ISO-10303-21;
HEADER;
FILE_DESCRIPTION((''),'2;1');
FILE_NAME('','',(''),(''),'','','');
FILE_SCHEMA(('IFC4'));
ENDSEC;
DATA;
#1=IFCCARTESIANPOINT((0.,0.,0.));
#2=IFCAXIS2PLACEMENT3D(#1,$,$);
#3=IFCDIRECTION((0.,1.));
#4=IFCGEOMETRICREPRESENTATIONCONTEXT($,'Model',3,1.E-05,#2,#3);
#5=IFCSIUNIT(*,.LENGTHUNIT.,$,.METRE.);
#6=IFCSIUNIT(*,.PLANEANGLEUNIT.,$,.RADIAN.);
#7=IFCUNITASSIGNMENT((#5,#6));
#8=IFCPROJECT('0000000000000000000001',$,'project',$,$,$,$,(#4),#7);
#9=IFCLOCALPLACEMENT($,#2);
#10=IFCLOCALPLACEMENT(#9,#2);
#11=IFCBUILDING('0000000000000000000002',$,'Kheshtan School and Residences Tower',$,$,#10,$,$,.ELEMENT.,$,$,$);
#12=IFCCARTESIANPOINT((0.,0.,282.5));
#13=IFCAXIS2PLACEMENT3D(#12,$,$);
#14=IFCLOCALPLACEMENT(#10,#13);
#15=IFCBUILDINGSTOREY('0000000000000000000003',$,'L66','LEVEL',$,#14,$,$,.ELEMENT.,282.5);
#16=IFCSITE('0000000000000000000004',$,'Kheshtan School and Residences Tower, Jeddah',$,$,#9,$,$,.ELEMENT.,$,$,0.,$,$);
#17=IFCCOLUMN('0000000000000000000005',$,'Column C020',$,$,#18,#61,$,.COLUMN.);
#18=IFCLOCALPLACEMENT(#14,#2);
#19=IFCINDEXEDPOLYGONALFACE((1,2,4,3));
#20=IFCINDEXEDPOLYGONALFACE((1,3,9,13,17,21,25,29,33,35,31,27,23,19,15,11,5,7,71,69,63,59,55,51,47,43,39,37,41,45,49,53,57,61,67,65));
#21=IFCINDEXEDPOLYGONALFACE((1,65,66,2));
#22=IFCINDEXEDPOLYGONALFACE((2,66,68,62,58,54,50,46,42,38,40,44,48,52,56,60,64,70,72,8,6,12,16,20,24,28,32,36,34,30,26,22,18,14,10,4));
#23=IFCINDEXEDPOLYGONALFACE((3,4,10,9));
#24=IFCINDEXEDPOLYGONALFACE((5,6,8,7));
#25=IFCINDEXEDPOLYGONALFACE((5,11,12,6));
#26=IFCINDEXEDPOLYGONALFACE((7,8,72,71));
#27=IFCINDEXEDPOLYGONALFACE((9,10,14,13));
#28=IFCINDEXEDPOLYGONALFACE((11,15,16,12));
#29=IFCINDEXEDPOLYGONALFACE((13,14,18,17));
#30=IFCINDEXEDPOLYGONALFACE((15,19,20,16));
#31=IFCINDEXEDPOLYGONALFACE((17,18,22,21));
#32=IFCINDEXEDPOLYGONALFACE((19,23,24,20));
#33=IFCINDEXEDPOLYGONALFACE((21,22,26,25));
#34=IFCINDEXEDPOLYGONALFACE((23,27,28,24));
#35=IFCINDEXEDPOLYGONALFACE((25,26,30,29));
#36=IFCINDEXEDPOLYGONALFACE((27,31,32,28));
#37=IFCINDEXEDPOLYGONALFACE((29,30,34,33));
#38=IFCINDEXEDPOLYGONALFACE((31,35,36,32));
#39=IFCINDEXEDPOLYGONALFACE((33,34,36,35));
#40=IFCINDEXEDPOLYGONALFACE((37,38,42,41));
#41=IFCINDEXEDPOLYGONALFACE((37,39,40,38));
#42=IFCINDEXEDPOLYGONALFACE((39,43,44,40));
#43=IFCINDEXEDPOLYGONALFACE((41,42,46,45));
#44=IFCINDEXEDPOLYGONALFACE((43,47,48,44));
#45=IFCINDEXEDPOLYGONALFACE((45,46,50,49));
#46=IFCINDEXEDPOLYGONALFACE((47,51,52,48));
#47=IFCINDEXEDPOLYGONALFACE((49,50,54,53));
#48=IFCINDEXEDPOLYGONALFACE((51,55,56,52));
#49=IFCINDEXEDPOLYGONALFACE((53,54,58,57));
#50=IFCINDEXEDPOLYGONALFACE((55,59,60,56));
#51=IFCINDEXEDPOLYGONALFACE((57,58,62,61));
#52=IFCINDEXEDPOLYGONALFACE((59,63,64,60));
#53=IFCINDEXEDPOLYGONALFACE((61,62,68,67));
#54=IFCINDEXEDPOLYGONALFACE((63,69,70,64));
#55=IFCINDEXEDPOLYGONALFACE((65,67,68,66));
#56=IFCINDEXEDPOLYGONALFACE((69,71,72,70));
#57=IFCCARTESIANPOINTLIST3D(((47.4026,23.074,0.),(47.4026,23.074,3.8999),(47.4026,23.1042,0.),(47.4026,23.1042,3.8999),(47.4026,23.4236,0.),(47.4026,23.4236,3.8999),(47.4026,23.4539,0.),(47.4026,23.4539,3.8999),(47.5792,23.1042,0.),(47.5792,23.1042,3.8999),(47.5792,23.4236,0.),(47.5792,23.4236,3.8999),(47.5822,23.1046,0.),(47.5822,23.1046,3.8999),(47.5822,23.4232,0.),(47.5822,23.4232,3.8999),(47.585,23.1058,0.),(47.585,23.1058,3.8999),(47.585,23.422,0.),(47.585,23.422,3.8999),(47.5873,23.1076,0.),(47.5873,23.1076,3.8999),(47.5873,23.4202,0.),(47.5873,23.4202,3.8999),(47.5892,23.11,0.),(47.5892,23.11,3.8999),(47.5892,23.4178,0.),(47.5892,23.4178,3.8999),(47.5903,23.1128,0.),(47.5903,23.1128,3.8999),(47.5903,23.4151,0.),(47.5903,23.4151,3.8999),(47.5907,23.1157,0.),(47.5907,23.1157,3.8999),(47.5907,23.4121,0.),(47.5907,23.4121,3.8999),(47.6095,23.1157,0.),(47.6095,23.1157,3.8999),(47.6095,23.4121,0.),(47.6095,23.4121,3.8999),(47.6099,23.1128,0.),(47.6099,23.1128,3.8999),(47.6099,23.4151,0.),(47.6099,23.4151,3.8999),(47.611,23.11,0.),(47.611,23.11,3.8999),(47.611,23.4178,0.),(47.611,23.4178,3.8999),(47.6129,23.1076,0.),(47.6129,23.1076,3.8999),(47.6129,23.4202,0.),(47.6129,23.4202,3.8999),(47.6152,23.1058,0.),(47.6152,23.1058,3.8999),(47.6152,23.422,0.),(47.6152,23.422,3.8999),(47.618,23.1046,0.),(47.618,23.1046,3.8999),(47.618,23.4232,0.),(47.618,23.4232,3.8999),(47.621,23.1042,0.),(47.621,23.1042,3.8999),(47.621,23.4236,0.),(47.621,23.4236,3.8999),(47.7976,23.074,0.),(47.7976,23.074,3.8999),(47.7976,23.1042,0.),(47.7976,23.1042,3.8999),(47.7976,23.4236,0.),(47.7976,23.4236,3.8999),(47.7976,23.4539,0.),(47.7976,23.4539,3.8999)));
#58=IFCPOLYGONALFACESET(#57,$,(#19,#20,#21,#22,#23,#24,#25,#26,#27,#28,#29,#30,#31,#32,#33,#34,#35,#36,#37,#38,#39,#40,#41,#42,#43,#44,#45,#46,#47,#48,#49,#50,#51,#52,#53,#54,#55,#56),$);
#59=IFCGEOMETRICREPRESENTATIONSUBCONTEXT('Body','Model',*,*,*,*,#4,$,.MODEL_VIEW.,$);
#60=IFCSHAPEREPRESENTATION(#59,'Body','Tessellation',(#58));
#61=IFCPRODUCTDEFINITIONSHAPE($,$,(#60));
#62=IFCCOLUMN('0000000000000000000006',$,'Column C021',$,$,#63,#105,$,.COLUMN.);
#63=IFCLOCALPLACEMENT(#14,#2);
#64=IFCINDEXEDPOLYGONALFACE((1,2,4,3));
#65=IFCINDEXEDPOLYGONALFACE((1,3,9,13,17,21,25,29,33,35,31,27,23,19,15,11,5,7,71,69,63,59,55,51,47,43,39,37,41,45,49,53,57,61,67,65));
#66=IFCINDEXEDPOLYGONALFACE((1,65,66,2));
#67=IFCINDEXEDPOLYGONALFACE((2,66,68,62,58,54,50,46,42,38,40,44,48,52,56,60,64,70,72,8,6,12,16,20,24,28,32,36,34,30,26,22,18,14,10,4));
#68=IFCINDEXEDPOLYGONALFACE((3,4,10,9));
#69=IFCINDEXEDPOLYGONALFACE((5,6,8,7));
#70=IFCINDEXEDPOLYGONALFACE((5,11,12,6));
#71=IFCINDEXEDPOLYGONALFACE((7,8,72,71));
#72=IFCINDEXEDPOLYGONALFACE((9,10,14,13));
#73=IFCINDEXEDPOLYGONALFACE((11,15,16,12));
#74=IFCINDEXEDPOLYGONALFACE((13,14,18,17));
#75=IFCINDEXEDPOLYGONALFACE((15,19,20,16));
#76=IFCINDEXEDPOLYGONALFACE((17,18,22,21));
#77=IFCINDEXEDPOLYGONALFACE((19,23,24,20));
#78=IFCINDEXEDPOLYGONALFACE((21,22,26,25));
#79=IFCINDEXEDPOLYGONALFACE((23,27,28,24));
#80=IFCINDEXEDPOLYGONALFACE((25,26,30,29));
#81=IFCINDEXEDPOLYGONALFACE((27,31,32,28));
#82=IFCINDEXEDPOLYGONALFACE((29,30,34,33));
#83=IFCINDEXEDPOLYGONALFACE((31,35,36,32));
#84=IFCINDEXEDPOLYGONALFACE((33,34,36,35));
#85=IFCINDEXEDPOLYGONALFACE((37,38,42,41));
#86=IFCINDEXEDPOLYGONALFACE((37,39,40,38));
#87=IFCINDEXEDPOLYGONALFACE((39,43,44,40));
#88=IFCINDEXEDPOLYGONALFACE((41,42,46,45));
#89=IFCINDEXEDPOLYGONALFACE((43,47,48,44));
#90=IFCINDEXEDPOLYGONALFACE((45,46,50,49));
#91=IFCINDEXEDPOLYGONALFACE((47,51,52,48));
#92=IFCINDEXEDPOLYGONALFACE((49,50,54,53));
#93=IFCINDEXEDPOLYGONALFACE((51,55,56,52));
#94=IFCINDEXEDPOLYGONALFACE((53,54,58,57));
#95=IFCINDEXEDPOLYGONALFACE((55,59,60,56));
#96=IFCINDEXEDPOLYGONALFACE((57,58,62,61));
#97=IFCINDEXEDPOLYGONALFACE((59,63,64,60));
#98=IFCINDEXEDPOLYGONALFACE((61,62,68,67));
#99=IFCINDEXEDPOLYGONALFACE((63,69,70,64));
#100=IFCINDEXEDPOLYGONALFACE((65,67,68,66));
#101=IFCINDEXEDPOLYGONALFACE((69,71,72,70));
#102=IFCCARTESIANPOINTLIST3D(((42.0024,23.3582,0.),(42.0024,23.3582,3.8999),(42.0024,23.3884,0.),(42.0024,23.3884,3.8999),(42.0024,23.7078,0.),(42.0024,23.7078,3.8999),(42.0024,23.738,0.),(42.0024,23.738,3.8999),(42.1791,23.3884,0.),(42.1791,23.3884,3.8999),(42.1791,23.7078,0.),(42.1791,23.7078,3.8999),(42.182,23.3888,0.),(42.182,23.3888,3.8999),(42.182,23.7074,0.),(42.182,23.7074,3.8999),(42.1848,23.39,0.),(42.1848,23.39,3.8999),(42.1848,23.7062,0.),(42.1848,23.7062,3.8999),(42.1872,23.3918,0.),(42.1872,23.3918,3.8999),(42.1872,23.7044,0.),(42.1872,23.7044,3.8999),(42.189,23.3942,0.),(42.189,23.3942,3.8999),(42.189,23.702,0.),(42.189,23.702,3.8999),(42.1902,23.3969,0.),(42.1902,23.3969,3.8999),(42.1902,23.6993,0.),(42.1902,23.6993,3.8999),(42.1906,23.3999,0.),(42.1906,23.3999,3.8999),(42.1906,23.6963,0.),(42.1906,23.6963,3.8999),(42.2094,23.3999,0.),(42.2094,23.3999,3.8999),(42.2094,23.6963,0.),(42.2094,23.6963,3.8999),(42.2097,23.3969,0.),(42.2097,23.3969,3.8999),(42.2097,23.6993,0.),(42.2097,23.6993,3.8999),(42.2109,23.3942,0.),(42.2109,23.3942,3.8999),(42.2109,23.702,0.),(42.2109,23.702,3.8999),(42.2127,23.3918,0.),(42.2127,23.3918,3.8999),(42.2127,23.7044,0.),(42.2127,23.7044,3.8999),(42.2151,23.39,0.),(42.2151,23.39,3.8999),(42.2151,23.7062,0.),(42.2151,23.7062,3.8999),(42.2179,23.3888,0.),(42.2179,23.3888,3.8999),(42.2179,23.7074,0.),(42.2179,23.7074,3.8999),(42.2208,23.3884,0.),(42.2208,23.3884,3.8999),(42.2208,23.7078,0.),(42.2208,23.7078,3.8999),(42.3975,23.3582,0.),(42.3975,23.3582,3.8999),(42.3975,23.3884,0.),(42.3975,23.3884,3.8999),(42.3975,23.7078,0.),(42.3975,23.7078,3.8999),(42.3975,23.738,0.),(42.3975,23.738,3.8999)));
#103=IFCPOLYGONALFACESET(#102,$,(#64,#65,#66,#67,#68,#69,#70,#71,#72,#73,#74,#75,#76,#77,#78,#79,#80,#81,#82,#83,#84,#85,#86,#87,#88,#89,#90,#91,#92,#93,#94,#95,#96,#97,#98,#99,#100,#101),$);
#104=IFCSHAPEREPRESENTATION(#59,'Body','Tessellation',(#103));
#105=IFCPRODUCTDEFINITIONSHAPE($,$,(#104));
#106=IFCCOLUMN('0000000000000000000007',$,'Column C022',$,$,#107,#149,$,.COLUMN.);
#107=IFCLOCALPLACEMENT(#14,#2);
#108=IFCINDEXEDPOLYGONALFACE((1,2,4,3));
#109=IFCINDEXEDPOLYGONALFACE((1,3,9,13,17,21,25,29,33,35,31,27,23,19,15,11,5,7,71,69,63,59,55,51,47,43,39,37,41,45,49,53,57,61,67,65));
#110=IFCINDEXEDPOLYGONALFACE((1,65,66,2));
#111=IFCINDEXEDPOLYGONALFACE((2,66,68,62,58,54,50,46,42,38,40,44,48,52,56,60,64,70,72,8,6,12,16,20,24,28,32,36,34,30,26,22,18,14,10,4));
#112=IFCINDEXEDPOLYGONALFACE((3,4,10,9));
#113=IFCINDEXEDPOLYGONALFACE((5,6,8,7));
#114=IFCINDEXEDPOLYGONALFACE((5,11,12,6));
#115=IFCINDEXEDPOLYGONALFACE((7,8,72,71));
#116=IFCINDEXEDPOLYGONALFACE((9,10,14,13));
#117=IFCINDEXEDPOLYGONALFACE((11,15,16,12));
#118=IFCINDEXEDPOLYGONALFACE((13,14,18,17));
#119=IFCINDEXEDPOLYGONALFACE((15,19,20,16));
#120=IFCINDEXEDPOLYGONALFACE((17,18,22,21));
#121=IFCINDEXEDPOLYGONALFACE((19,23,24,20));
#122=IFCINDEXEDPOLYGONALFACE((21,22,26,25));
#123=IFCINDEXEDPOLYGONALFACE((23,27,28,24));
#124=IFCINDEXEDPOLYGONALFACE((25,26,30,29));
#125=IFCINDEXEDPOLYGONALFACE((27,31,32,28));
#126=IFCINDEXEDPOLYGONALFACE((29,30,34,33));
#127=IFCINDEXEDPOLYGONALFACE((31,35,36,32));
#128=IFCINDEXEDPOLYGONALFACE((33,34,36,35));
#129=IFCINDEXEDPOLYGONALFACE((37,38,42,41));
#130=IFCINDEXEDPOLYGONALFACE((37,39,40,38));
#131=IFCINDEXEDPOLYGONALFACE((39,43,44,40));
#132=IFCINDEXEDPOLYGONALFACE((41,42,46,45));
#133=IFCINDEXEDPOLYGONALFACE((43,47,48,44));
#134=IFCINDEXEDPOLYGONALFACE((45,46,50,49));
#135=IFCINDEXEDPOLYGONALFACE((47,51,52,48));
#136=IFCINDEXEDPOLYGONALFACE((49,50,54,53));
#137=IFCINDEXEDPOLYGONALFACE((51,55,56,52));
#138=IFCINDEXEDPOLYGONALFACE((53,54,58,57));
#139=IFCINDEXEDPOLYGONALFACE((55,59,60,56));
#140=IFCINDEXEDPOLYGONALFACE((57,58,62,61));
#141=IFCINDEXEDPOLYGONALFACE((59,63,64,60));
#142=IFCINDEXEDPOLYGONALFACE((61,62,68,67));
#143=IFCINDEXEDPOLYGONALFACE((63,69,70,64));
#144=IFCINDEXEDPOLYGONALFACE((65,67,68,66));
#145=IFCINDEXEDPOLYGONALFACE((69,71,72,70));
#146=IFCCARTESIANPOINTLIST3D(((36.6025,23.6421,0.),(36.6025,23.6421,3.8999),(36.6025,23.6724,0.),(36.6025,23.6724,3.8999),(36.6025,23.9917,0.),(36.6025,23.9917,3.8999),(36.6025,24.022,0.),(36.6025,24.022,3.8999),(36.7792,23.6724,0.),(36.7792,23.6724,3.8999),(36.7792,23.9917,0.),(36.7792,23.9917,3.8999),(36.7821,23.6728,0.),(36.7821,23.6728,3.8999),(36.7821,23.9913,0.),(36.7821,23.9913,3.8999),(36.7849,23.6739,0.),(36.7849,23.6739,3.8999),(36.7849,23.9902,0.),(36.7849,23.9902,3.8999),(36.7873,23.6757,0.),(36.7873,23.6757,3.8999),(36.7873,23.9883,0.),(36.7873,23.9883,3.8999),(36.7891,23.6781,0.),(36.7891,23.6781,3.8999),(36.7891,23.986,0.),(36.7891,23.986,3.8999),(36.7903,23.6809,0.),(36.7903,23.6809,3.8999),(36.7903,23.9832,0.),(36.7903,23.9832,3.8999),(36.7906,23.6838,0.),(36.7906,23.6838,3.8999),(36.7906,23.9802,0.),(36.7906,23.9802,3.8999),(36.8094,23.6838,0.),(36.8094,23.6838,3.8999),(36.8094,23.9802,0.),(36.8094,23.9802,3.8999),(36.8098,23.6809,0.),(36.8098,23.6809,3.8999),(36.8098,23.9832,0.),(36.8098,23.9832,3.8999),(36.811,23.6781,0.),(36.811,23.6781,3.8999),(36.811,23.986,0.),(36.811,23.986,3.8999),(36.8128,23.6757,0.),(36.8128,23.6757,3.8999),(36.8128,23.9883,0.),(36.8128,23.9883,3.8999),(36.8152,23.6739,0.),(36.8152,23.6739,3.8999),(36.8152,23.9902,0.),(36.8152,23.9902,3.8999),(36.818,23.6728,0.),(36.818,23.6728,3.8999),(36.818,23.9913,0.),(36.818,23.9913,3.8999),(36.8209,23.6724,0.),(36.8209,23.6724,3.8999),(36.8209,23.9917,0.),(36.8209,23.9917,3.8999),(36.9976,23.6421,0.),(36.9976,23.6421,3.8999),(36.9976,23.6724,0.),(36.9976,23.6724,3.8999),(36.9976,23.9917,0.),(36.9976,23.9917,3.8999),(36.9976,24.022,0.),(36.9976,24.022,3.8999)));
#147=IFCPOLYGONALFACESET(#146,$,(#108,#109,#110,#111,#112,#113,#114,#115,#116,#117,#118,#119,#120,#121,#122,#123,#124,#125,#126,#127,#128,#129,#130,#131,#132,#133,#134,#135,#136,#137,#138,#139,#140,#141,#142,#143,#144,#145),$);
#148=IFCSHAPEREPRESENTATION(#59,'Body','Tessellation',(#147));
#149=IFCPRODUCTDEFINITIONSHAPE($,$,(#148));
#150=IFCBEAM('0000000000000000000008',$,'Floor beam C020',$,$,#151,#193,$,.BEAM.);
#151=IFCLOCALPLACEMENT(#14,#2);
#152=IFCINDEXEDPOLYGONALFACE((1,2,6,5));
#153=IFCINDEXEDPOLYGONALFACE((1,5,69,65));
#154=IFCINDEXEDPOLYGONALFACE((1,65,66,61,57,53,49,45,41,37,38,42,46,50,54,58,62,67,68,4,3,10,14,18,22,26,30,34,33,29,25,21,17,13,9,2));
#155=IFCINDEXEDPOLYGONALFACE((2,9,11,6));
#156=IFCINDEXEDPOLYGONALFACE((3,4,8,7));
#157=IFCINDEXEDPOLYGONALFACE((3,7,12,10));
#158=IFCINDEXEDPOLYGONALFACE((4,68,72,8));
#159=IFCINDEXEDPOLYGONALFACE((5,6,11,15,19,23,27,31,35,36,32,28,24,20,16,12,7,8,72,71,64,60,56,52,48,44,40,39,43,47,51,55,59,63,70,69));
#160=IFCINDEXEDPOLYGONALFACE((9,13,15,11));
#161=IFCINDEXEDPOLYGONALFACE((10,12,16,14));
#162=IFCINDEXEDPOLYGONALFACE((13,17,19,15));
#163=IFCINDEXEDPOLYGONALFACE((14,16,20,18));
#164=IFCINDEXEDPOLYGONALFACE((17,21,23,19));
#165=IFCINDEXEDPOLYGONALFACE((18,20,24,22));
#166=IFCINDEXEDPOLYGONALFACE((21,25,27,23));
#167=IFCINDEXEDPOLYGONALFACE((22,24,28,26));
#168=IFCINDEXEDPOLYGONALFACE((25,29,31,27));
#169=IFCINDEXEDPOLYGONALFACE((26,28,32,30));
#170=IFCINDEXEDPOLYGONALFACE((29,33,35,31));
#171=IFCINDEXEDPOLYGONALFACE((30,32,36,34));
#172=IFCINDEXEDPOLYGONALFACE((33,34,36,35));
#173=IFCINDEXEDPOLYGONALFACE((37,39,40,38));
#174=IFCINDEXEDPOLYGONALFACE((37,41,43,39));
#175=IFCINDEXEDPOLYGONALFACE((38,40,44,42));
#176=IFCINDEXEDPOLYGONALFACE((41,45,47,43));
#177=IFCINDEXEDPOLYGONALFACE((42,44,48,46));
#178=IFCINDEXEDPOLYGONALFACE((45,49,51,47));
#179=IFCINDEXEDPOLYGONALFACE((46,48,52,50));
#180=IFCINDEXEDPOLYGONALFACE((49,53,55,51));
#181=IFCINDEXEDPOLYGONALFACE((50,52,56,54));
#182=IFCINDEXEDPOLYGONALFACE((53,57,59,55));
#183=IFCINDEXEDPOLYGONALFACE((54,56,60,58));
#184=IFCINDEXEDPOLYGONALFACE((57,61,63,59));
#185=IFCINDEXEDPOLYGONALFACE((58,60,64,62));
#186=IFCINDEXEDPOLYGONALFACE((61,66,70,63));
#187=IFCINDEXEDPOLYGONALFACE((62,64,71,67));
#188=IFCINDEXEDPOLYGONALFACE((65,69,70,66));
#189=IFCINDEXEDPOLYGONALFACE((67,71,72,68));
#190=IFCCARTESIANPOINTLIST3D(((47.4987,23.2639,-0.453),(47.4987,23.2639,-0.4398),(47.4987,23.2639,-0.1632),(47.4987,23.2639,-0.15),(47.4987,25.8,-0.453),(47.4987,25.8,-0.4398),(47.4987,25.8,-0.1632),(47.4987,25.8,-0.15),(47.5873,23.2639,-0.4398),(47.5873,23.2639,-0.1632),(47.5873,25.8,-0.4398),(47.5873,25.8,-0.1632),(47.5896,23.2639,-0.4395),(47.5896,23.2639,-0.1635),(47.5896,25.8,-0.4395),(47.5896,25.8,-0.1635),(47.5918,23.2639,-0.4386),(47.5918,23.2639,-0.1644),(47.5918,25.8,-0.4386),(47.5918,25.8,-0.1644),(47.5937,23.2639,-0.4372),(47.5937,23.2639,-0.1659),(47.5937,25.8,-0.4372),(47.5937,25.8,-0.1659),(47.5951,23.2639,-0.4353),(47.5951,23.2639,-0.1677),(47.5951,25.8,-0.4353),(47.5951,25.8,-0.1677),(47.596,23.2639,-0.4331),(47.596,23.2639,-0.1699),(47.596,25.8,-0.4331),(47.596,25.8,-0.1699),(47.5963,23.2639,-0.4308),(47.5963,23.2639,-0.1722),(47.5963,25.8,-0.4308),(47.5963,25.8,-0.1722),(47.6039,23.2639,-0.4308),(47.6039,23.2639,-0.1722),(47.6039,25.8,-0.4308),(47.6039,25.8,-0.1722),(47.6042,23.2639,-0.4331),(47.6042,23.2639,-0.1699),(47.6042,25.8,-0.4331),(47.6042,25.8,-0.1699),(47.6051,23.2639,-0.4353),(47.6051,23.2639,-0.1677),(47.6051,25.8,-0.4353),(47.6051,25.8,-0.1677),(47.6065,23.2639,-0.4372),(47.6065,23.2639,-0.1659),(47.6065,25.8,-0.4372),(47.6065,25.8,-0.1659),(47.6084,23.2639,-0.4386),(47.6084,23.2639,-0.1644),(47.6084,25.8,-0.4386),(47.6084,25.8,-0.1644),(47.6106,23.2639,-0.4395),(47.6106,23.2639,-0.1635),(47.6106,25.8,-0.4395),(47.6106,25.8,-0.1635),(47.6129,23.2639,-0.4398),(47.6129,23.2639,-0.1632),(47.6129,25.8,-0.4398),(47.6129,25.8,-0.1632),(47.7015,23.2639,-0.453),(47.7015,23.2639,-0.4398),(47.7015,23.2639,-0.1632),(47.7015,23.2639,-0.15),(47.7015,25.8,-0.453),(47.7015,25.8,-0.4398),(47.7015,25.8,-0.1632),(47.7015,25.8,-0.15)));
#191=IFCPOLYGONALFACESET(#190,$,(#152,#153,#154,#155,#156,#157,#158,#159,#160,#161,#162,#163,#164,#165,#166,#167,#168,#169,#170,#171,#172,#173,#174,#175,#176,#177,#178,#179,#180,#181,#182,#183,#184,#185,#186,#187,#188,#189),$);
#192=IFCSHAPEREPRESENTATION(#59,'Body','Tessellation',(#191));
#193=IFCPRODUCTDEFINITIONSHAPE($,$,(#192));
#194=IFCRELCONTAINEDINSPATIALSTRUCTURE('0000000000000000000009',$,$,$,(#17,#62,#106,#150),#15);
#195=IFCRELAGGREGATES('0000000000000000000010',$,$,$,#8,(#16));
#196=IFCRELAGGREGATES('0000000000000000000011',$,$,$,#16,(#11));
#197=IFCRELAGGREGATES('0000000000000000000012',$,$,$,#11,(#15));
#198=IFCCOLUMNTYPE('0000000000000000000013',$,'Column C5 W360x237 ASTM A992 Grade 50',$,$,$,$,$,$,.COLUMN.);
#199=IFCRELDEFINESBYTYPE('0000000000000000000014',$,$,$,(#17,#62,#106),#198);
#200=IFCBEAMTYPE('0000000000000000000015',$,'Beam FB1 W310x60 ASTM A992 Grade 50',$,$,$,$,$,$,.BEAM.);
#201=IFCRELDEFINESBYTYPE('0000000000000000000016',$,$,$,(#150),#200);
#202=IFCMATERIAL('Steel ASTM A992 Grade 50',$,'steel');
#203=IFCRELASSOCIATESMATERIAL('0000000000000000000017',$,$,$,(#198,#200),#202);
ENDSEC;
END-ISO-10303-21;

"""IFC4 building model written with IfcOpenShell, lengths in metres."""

from ifc_helpers import new_model, si_unit, direction, frame, origin, origin_2d, place, context, subcontext, project, spatial, i_section, extrude, material, material_profile, profile_set, type_object, element, save


model = new_model("IFC4")

# Units and contexts
model_context = context("Model", 3, precision=1e-05, world=origin(), true_north=direction((0.0, 1.0)))
body_context = subcontext(model_context, "Body", "Model", "MODEL_VIEW")
ifc_project = project(units=[si_unit("LENGTHUNIT", "METRE"), si_unit("PLANEANGLEUNIT", "RADIAN")], contexts=[model_context])

# Site, building, storey
site_placement = place(None, origin())
site = spatial("IfcSite", under=ifc_project, at=site_placement, Name="Kheshtan School and Residences Tower, Jeddah", CompositionType="ELEMENT", RefElevation=0.0)
building_placement = place(site_placement, origin())
building = spatial("IfcBuilding", under=site, at=building_placement, Name="Kheshtan School and Residences Tower", CompositionType="ELEMENT")
storey_placement = place(building_placement, frame((0.0, 0.0, 282.5)))
storey = spatial("IfcBuildingStorey", under=building, at=storey_placement, Name="L66", Description="LEVEL", CompositionType="ELEMENT", Elevation=282.5)

# Columns
ifc_material_1 = material(Name="Steel ASTM A992 Grade 50", Category="steel")
ifc_material_profile_1 = material_profile(ifc_material_1, i_section(OverallWidth=0.395, OverallDepth=0.3799, WebThickness=0.0188, FlangeThickness=0.0303, FilletRadius=0.0115, at=origin_2d()), Name="W360x237")
ifc_profile_set_1 = profile_set([ifc_material_profile_1], Name="Steel ASTM A992 Grade 50")
column_type = type_object("IfcColumnType", Name="Column C5 W360x237 ASTM A992 Grade 50", PredefinedType="COLUMN", material=ifc_profile_set_1)
for number, where, z_axis, x_axis, name in (
    (1, (47.6001, 23.2639, 0.0), (0.0, 0.0, 1.0), (1.0, 0.0, 0.0), "Column C020"),
    (2, (42.2, 23.5481, 0.0), (0.0, 0.0, 1.0), (1.0, 0.0, 0.0), "Column C021"),
    (3, (36.8, 23.832, 0.0), (0.0, 0.0, 1.0), (1.0, 0.0, 0.0), "Column C022"),
):
    element("IfcColumn", number, at=place(storey_placement, frame(where, z_axis=z_axis, x_axis=x_axis)), inside=storey, type_object=column_type, Name=name, PredefinedType="COLUMN", context=body_context, shape_type="SweptSolid", body=[
        extrude(i_section(OverallWidth=0.395, OverallDepth=0.3799, WebThickness=0.0188, FlangeThickness=0.0303, FilletRadius=0.0115, at=origin_2d()), origin(), (0.0, 0.0, 1.0), 3.8999),
    ])

# Beam
ifc_material_profile_2 = material_profile(ifc_material_1, i_section(OverallWidth=0.2029, OverallDepth=0.303, WebThickness=0.0076, FlangeThickness=0.0132, FilletRadius=0.009, at=origin_2d()), Name="W310x60")
ifc_profile_set_2 = profile_set([ifc_material_profile_2], Name="Steel ASTM A992 Grade 50")
beam_type_1 = type_object("IfcBeamType", Name="Beam FB1 W310x60 ASTM A992 Grade 50", PredefinedType="BEAM", material=ifc_profile_set_2)
beam_1_placement = place(storey_placement, frame((47.6001, 23.2639, -0.3015), z_axis=(0.0, 1.0, 0.0), x_axis=(-1.0, 0.0, 0.0)))
element("IfcBeam", 4, at=beam_1_placement, inside=storey, type_object=beam_type_1, Name="Floor beam C020", PredefinedType="BEAM", context=body_context, shape_type="SweptSolid", body=[
    extrude(i_section(OverallWidth=0.2029, OverallDepth=0.303, WebThickness=0.0076, FlangeThickness=0.0132, FilletRadius=0.009, at=origin_2d()), origin(), (0.0, 0.0, 1.0), 2.5361),
])

save(model, "model.ifc")
